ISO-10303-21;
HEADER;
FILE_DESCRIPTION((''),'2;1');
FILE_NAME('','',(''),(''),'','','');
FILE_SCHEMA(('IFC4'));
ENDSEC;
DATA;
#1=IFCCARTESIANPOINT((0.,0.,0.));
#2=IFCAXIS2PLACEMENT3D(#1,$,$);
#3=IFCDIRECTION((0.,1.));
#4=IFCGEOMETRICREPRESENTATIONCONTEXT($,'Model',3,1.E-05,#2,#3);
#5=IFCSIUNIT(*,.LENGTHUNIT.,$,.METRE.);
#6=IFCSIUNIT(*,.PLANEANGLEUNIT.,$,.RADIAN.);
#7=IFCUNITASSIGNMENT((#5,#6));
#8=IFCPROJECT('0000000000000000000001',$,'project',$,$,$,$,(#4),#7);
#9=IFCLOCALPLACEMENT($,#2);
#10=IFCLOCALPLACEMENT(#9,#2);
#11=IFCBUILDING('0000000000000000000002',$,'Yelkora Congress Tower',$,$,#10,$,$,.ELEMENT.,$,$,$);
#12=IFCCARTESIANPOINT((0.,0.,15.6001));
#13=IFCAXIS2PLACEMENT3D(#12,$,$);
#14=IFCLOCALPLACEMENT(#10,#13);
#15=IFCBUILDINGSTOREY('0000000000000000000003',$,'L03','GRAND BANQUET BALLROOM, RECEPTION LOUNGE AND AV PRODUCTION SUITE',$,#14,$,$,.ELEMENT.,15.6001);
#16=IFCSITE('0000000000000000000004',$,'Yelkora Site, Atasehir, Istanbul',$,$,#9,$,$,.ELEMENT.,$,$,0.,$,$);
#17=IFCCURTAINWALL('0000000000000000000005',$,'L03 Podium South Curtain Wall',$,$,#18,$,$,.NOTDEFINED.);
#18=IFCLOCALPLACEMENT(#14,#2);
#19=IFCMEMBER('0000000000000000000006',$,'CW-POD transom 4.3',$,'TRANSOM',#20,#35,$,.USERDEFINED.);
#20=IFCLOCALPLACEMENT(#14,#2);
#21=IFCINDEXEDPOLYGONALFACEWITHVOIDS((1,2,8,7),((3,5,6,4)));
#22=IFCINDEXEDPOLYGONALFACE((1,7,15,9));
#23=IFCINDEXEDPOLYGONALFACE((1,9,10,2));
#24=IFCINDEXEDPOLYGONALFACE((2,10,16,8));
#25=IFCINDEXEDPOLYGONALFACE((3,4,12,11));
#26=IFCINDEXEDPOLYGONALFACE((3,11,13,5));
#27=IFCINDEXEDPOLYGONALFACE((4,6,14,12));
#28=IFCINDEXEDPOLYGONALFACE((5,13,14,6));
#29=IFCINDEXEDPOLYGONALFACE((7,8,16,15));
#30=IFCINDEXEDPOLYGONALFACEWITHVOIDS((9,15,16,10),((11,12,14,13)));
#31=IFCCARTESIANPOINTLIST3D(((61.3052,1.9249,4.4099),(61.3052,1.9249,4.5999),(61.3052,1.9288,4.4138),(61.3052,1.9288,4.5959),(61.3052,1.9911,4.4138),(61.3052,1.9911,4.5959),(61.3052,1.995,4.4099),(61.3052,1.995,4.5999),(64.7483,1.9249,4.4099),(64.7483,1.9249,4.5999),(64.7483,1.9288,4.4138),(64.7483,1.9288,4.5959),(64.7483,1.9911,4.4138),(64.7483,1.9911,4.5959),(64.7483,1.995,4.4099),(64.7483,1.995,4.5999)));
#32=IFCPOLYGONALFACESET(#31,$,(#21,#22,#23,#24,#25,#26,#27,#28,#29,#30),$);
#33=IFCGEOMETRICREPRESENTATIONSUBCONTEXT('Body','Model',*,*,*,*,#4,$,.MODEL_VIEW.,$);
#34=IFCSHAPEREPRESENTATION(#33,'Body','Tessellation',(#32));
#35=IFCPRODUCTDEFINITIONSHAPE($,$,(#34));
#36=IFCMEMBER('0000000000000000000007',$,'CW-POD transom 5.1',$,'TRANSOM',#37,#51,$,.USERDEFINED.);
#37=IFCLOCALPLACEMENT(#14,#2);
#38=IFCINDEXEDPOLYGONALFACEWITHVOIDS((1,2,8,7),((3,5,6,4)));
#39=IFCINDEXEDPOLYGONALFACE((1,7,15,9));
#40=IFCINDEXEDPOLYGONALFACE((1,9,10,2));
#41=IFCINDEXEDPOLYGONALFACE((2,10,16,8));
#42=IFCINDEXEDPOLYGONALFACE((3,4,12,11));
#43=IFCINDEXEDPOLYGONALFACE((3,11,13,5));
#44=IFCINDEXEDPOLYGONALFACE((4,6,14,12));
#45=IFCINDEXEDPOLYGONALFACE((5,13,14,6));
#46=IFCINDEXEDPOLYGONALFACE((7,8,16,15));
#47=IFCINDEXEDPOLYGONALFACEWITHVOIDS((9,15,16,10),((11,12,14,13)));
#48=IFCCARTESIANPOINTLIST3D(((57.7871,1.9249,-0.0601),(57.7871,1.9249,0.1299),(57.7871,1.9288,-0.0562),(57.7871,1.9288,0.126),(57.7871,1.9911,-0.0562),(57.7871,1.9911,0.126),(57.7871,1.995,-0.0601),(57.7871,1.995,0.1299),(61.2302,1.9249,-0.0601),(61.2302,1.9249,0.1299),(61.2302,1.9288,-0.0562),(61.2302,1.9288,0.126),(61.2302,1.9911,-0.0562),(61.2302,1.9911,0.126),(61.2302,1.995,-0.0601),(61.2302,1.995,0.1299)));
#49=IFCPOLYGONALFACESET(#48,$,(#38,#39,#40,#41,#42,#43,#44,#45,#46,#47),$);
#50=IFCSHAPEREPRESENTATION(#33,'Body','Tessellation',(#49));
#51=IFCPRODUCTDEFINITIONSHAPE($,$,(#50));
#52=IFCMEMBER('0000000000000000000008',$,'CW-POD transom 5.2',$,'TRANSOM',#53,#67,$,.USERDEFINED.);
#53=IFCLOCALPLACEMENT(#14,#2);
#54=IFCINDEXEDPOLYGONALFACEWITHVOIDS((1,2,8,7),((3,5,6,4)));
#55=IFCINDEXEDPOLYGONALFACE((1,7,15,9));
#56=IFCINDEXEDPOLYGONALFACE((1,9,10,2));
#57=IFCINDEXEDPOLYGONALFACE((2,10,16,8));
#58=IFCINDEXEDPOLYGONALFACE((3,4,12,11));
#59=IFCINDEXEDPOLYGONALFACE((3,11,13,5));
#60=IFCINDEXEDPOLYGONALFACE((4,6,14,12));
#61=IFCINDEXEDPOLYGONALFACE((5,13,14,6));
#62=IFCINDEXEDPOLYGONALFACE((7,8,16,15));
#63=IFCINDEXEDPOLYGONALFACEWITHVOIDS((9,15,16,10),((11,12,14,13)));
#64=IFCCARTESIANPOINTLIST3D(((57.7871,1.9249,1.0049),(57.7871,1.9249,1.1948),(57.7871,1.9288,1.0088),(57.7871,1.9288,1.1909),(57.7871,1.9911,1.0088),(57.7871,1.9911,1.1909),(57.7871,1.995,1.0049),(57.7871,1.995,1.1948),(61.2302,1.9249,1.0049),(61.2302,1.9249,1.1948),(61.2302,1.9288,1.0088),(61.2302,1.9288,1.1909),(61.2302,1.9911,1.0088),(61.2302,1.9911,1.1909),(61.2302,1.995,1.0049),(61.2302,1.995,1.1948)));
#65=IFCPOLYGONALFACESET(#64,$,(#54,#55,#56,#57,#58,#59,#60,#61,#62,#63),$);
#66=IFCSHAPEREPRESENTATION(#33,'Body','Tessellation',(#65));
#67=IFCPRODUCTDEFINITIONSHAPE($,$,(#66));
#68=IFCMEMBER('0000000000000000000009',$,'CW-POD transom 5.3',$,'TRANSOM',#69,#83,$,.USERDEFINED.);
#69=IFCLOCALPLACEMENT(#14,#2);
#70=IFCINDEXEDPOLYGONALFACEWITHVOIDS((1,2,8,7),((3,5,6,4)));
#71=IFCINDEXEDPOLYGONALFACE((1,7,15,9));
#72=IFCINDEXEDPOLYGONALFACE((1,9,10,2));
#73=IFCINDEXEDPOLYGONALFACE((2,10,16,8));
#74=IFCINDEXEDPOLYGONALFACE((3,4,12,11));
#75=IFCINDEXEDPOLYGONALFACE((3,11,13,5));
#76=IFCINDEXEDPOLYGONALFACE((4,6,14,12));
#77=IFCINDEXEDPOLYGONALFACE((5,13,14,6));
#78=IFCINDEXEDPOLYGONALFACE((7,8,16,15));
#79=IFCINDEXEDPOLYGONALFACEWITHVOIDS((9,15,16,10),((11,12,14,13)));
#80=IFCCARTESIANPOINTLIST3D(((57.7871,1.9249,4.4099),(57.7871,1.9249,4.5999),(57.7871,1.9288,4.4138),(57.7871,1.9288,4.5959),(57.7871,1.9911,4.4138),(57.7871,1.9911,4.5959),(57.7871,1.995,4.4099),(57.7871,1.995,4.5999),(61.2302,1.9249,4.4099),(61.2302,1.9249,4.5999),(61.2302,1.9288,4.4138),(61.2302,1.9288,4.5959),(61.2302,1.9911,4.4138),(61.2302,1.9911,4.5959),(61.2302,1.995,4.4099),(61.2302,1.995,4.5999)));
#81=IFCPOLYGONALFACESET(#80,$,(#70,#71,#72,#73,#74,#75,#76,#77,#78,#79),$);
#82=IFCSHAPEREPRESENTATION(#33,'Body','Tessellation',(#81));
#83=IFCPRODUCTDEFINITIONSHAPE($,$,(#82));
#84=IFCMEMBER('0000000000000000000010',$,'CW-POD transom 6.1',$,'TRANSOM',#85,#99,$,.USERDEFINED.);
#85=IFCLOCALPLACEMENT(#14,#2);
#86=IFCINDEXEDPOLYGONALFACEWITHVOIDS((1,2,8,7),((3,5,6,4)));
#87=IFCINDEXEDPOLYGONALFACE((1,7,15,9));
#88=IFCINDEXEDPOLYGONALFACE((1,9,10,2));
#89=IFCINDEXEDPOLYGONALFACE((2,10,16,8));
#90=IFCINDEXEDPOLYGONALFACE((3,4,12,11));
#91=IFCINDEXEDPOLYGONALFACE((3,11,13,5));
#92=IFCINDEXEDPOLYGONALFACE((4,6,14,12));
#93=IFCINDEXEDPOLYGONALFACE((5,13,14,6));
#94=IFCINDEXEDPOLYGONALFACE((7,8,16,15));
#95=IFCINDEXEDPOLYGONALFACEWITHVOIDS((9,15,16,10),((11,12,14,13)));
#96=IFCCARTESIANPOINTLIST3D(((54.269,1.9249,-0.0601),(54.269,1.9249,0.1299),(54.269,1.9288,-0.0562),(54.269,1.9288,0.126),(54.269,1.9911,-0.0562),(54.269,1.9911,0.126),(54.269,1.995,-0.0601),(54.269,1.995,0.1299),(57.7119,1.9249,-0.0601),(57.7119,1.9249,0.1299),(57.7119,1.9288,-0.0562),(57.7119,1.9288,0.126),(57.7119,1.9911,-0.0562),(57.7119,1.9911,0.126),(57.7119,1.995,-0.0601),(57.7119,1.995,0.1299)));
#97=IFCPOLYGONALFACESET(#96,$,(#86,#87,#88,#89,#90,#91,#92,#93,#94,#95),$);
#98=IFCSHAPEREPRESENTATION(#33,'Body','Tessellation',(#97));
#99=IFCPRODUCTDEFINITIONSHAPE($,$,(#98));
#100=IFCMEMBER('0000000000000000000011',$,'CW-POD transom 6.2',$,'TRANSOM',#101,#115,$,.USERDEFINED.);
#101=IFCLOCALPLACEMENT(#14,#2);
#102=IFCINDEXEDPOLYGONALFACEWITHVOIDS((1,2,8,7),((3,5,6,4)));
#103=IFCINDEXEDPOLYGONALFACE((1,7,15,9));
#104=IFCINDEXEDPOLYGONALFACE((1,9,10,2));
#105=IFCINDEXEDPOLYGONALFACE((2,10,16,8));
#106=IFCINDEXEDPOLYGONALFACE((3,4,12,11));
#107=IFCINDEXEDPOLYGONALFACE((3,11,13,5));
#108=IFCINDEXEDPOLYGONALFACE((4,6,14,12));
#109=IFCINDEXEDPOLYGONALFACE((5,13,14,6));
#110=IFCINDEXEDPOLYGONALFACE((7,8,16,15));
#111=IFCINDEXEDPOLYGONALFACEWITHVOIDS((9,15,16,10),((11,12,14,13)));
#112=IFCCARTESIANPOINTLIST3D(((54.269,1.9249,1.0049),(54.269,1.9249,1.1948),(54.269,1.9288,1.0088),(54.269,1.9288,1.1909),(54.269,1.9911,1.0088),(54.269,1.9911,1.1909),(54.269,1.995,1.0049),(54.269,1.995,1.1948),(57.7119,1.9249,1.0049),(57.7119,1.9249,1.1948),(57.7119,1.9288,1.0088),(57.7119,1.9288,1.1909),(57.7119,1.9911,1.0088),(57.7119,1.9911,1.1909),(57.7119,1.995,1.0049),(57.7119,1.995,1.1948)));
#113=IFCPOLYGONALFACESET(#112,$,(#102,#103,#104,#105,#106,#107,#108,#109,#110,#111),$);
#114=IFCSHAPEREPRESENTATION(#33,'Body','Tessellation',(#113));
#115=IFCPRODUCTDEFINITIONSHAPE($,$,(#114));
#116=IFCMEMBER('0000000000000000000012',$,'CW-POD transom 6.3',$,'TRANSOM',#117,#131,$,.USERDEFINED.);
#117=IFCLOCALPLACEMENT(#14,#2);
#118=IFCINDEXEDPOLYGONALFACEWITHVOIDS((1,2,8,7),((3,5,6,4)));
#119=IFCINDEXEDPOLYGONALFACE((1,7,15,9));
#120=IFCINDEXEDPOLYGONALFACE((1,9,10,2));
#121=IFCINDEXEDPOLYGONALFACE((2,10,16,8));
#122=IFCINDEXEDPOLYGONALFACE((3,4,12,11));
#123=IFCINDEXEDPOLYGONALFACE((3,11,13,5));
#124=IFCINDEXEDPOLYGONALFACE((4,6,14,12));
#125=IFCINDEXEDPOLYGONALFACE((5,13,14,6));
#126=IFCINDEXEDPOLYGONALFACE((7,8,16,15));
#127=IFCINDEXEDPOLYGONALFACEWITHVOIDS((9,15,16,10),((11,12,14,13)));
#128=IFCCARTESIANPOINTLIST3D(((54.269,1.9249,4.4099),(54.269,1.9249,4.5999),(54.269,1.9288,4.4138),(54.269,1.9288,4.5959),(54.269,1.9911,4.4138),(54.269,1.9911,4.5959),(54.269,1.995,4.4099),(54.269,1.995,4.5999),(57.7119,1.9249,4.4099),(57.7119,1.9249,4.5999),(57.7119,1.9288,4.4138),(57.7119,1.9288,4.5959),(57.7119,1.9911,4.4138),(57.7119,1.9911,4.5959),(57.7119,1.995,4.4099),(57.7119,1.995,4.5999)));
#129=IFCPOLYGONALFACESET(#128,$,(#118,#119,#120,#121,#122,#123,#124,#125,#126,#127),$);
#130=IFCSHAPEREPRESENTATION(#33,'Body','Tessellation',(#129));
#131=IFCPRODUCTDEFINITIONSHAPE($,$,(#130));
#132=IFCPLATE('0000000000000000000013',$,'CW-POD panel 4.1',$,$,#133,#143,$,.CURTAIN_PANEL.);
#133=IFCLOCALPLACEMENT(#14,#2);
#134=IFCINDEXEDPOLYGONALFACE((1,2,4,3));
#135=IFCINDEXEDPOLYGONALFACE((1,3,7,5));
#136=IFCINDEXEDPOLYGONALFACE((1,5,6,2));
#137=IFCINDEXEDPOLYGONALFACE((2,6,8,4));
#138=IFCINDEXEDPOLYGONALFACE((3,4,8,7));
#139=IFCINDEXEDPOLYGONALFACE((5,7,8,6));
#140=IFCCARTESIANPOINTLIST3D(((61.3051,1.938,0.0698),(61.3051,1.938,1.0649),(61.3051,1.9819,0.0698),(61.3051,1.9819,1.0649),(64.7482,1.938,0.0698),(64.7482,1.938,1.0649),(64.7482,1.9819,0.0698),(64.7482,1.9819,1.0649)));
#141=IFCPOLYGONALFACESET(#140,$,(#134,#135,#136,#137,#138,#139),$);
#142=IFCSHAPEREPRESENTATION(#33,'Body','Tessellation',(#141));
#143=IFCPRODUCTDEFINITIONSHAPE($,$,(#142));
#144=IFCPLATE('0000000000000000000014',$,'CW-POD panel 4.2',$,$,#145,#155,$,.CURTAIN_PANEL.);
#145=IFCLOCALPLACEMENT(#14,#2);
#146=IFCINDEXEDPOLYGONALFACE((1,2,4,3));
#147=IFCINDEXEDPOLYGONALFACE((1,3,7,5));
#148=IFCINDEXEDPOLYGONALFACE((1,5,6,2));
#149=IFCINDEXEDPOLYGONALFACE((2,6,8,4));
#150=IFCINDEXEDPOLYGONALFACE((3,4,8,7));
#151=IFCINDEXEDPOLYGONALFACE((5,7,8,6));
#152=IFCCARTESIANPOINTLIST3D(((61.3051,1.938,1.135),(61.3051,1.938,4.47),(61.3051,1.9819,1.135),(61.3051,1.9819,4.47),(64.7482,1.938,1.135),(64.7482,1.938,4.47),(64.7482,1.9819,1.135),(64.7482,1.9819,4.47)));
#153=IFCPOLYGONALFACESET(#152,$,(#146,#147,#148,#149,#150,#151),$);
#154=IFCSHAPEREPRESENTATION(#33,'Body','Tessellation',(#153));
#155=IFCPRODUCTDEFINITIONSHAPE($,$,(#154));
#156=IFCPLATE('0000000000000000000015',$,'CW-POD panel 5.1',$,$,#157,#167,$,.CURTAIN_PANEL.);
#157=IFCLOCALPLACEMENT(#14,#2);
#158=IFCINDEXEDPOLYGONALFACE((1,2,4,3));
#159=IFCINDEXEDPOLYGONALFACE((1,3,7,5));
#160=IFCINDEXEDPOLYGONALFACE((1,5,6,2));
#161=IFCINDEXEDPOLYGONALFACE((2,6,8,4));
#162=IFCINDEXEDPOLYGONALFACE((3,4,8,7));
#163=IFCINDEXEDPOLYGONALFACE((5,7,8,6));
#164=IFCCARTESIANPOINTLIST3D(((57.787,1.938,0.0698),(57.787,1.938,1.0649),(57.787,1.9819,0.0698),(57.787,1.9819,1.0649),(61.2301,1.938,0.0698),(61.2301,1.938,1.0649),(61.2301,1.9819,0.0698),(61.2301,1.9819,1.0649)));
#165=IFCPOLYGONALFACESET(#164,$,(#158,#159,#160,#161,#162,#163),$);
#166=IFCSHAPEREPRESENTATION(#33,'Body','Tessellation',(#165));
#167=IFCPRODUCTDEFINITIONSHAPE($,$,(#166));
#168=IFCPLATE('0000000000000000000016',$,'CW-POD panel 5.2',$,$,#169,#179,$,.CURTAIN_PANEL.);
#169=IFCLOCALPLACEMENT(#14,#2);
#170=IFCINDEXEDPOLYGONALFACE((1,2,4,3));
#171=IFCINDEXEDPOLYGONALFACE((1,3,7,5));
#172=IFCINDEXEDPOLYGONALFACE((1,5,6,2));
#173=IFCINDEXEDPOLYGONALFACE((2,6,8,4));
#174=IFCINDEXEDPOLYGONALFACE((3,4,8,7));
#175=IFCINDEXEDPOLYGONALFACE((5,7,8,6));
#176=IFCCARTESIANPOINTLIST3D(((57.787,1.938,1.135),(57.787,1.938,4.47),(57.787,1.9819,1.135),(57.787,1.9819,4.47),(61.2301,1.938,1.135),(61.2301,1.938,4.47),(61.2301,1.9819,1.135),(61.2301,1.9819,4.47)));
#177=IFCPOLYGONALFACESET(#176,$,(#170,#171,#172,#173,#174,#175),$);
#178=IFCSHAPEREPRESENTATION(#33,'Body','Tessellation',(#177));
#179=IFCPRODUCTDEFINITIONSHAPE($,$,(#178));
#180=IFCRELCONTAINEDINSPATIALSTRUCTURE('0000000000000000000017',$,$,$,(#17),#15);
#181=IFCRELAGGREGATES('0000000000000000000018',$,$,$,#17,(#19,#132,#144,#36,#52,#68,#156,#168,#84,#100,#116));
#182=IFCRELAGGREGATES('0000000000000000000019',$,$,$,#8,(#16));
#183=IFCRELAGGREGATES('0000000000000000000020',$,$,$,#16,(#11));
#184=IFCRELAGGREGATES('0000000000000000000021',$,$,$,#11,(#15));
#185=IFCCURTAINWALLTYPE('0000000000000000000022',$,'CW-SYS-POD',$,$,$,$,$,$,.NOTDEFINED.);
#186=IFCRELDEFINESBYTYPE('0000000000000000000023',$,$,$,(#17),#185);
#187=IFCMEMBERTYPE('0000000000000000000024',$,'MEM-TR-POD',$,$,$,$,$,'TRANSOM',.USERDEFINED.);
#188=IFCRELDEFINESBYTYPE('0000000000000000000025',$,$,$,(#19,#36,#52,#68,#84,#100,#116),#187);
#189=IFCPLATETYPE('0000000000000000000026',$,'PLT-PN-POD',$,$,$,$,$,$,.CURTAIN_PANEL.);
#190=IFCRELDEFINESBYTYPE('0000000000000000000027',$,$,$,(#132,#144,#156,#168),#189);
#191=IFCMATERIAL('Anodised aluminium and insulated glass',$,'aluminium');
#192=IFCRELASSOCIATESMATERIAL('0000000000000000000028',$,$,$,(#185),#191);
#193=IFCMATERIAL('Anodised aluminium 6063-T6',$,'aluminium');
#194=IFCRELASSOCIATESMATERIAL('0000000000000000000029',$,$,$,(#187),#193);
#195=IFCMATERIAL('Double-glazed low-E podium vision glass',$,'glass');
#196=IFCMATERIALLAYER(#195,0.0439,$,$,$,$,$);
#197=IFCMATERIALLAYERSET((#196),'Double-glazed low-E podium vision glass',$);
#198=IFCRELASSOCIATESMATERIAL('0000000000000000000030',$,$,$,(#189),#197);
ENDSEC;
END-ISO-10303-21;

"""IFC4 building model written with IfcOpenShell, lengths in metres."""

from ifc_helpers import new_model, si_unit, direction, frame, origin, origin_2d, place, context, subcontext, project, spatial, rectangle, hollow_rectangle, extrude, material, layer, layer_set, material_profile, profile_set, type_object, element, aggregate, save


model = new_model("IFC4")

# Units and contexts
model_context = context("Model", 3, precision=1e-05, world=origin(), true_north=direction((0.0, 1.0)))
body_context = subcontext(model_context, "Body", "Model", "MODEL_VIEW")
ifc_project = project(units=[si_unit("LENGTHUNIT", "METRE"), si_unit("PLANEANGLEUNIT", "RADIAN")], contexts=[model_context])

# Site, building, storey
site_placement = place(None, origin())
site = spatial("IfcSite", under=ifc_project, at=site_placement, Name="Yelkora Site, Atasehir, Istanbul", CompositionType="ELEMENT", RefElevation=0.0)
building_placement = place(site_placement, origin())
building = spatial("IfcBuilding", under=site, at=building_placement, Name="Yelkora Congress Tower", CompositionType="ELEMENT")
storey_placement = place(building_placement, frame((0.0, 0.0, 15.6001)))
storey = spatial("IfcBuildingStorey", under=building, at=storey_placement, Name="L03", Description="GRAND BANQUET BALLROOM, RECEPTION LOUNGE AND AV PRODUCTION SUITE", CompositionType="ELEMENT", Elevation=15.6001)

# Curtain wall, members, plates
ifc_material_1 = material(Name="Anodised aluminium and insulated glass", Category="aluminium")
curtain_wall_type = type_object("IfcCurtainWallType", Name="CW-SYS-POD", PredefinedType="NOTDEFINED", material=ifc_material_1)
curtain_wall_placement = place(storey_placement, origin())
curtain_wall = element("IfcCurtainWall", 1, at=curtain_wall_placement, inside=storey, type_object=curtain_wall_type, Name="L03 Podium South Curtain Wall", PredefinedType="NOTDEFINED")
ifc_material_2 = material(Name="Anodised aluminium 6063-T6", Category="aluminium")
ifc_material_profile_1 = material_profile(ifc_material_2, hollow_rectangle(XDim=0.0701, YDim=0.1899, WallThickness=0.0039, at=origin_2d()), Name="ALU 70x190x4")
ifc_profile_set_1 = profile_set([ifc_material_profile_1], Name="Anodised aluminium 6063-T6")
member_type_1 = type_object("IfcMemberType", Name="MEM-TR-POD", ElementType="TRANSOM", PredefinedType="USERDEFINED", material=ifc_profile_set_1)
member_1_placement = place(storey_placement, frame((64.7483, 1.96, 4.5049), z_axis=(-1.0, 0.0, 0.0), x_axis=(0.0, -1.0, 0.0)))
member_1 = element("IfcMember", 2, at=member_1_placement, type_object=member_type_1, Name="CW-POD transom 4.3", ObjectType="TRANSOM", PredefinedType="USERDEFINED", context=body_context, shape_type="SweptSolid", body=[
    extrude(hollow_rectangle(XDim=0.0701, YDim=0.1899, WallThickness=0.0039, at=origin_2d()), origin(), (0.0, 0.0, 1.0), 3.4431),
])
member_2_placement = place(storey_placement, frame((61.2302, 1.96, 0.0349), z_axis=(-1.0, 0.0, 0.0), x_axis=(0.0, -1.0, 0.0)))
member_2 = element("IfcMember", 3, at=member_2_placement, type_object=member_type_1, Name="CW-POD transom 5.1", ObjectType="TRANSOM", PredefinedType="USERDEFINED", context=body_context, shape_type="SweptSolid", body=[
    extrude(hollow_rectangle(XDim=0.0701, YDim=0.1899, WallThickness=0.0039, at=origin_2d()), origin(), (0.0, 0.0, 1.0), 3.4431),
])
member_3_placement = place(storey_placement, frame((61.2302, 1.96, 1.0999), z_axis=(-1.0, 0.0, 0.0), x_axis=(0.0, -1.0, 0.0)))
member_3 = element("IfcMember", 4, at=member_3_placement, type_object=member_type_1, Name="CW-POD transom 5.2", ObjectType="TRANSOM", PredefinedType="USERDEFINED", context=body_context, shape_type="SweptSolid", body=[
    extrude(hollow_rectangle(XDim=0.0701, YDim=0.1899, WallThickness=0.0039, at=origin_2d()), origin(), (0.0, 0.0, 1.0), 3.4431),
])
member_4_placement = place(storey_placement, frame((61.2302, 1.96, 4.5049), z_axis=(-1.0, 0.0, 0.0), x_axis=(0.0, -1.0, 0.0)))
member_4 = element("IfcMember", 5, at=member_4_placement, type_object=member_type_1, Name="CW-POD transom 5.3", ObjectType="TRANSOM", PredefinedType="USERDEFINED", context=body_context, shape_type="SweptSolid", body=[
    extrude(hollow_rectangle(XDim=0.0701, YDim=0.1899, WallThickness=0.0039, at=origin_2d()), origin(), (0.0, 0.0, 1.0), 3.4431),
])
member_5_placement = place(storey_placement, frame((57.7119, 1.96, 0.0349), z_axis=(-1.0, 0.0, 0.0), x_axis=(0.0, -1.0, 0.0)))
member_5 = element("IfcMember", 6, at=member_5_placement, type_object=member_type_1, Name="CW-POD transom 6.1", ObjectType="TRANSOM", PredefinedType="USERDEFINED", context=body_context, shape_type="SweptSolid", body=[
    extrude(hollow_rectangle(XDim=0.0701, YDim=0.1899, WallThickness=0.0039, at=origin_2d()), origin(), (0.0, 0.0, 1.0), 3.4429),
])
member_6_placement = place(storey_placement, frame((57.7119, 1.96, 1.0999), z_axis=(-1.0, 0.0, 0.0), x_axis=(0.0, -1.0, 0.0)))
member_6 = element("IfcMember", 7, at=member_6_placement, type_object=member_type_1, Name="CW-POD transom 6.2", ObjectType="TRANSOM", PredefinedType="USERDEFINED", context=body_context, shape_type="SweptSolid", body=[
    extrude(hollow_rectangle(XDim=0.0701, YDim=0.1899, WallThickness=0.0039, at=origin_2d()), origin(), (0.0, 0.0, 1.0), 3.4429),
])
member_7_placement = place(storey_placement, frame((57.7119, 1.96, 4.5049), z_axis=(-1.0, 0.0, 0.0), x_axis=(0.0, -1.0, 0.0)))
member_7 = element("IfcMember", 8, at=member_7_placement, type_object=member_type_1, Name="CW-POD transom 6.3", ObjectType="TRANSOM", PredefinedType="USERDEFINED", context=body_context, shape_type="SweptSolid", body=[
    extrude(hollow_rectangle(XDim=0.0701, YDim=0.1899, WallThickness=0.0039, at=origin_2d()), origin(), (0.0, 0.0, 1.0), 3.4429),
])
ifc_material_3 = material(Name="Double-glazed low-E podium vision glass", Category="glass")
ifc_layer = layer(ifc_material_3, 0.0439)
ifc_layer_set = layer_set([ifc_layer], Name="Double-glazed low-E podium vision glass")
plate_type = type_object("IfcPlateType", Name="PLT-PN-POD", PredefinedType="CURTAIN_PANEL", material=ifc_layer_set)
plate_1_placement = place(storey_placement, frame((63.0266, 1.96, 0.0698), z_axis=(0.0, 0.0, 1.0), x_axis=(-1.0, 0.0, 0.0)))
plate_1 = element("IfcPlate", 9, at=plate_1_placement, type_object=plate_type, Name="CW-POD panel 4.1", PredefinedType="CURTAIN_PANEL", context=body_context, shape_type="SweptSolid", body=[
    extrude(rectangle(XDim=3.4431, YDim=0.0439, at=origin_2d()), origin(), (0.0, 0.0, 1.0), 0.9951),
])
plate_2_placement = place(storey_placement, frame((63.0266, 1.96, 1.135), z_axis=(0.0, 0.0, 1.0), x_axis=(-1.0, 0.0, 0.0)))
plate_2 = element("IfcPlate", 10, at=plate_2_placement, type_object=plate_type, Name="CW-POD panel 4.2", PredefinedType="CURTAIN_PANEL", context=body_context, shape_type="SweptSolid", body=[
    extrude(rectangle(XDim=3.4431, YDim=0.0439, at=origin_2d()), origin(), (0.0, 0.0, 1.0), 3.335),
])
plate_3_placement = place(storey_placement, frame((59.5085, 1.96, 0.0698), z_axis=(0.0, 0.0, 1.0), x_axis=(-1.0, 0.0, 0.0)))
plate_3 = element("IfcPlate", 11, at=plate_3_placement, type_object=plate_type, Name="CW-POD panel 5.1", PredefinedType="CURTAIN_PANEL", context=body_context, shape_type="SweptSolid", body=[
    extrude(rectangle(XDim=3.4431, YDim=0.0439, at=origin_2d()), origin(), (0.0, 0.0, 1.0), 0.9951),
])
plate_4_placement = place(storey_placement, frame((59.5085, 1.96, 1.135), z_axis=(0.0, 0.0, 1.0), x_axis=(-1.0, 0.0, 0.0)))
plate_4 = element("IfcPlate", 12, at=plate_4_placement, type_object=plate_type, Name="CW-POD panel 5.2", PredefinedType="CURTAIN_PANEL", context=body_context, shape_type="SweptSolid", body=[
    extrude(rectangle(XDim=3.4431, YDim=0.0439, at=origin_2d()), origin(), (0.0, 0.0, 1.0), 3.335),
])
aggregate(curtain_wall, [member_1, plate_1, plate_2, member_2, member_3, member_4, plate_3, plate_4, member_5, member_6, member_7])

save(model, "model.ifc")
